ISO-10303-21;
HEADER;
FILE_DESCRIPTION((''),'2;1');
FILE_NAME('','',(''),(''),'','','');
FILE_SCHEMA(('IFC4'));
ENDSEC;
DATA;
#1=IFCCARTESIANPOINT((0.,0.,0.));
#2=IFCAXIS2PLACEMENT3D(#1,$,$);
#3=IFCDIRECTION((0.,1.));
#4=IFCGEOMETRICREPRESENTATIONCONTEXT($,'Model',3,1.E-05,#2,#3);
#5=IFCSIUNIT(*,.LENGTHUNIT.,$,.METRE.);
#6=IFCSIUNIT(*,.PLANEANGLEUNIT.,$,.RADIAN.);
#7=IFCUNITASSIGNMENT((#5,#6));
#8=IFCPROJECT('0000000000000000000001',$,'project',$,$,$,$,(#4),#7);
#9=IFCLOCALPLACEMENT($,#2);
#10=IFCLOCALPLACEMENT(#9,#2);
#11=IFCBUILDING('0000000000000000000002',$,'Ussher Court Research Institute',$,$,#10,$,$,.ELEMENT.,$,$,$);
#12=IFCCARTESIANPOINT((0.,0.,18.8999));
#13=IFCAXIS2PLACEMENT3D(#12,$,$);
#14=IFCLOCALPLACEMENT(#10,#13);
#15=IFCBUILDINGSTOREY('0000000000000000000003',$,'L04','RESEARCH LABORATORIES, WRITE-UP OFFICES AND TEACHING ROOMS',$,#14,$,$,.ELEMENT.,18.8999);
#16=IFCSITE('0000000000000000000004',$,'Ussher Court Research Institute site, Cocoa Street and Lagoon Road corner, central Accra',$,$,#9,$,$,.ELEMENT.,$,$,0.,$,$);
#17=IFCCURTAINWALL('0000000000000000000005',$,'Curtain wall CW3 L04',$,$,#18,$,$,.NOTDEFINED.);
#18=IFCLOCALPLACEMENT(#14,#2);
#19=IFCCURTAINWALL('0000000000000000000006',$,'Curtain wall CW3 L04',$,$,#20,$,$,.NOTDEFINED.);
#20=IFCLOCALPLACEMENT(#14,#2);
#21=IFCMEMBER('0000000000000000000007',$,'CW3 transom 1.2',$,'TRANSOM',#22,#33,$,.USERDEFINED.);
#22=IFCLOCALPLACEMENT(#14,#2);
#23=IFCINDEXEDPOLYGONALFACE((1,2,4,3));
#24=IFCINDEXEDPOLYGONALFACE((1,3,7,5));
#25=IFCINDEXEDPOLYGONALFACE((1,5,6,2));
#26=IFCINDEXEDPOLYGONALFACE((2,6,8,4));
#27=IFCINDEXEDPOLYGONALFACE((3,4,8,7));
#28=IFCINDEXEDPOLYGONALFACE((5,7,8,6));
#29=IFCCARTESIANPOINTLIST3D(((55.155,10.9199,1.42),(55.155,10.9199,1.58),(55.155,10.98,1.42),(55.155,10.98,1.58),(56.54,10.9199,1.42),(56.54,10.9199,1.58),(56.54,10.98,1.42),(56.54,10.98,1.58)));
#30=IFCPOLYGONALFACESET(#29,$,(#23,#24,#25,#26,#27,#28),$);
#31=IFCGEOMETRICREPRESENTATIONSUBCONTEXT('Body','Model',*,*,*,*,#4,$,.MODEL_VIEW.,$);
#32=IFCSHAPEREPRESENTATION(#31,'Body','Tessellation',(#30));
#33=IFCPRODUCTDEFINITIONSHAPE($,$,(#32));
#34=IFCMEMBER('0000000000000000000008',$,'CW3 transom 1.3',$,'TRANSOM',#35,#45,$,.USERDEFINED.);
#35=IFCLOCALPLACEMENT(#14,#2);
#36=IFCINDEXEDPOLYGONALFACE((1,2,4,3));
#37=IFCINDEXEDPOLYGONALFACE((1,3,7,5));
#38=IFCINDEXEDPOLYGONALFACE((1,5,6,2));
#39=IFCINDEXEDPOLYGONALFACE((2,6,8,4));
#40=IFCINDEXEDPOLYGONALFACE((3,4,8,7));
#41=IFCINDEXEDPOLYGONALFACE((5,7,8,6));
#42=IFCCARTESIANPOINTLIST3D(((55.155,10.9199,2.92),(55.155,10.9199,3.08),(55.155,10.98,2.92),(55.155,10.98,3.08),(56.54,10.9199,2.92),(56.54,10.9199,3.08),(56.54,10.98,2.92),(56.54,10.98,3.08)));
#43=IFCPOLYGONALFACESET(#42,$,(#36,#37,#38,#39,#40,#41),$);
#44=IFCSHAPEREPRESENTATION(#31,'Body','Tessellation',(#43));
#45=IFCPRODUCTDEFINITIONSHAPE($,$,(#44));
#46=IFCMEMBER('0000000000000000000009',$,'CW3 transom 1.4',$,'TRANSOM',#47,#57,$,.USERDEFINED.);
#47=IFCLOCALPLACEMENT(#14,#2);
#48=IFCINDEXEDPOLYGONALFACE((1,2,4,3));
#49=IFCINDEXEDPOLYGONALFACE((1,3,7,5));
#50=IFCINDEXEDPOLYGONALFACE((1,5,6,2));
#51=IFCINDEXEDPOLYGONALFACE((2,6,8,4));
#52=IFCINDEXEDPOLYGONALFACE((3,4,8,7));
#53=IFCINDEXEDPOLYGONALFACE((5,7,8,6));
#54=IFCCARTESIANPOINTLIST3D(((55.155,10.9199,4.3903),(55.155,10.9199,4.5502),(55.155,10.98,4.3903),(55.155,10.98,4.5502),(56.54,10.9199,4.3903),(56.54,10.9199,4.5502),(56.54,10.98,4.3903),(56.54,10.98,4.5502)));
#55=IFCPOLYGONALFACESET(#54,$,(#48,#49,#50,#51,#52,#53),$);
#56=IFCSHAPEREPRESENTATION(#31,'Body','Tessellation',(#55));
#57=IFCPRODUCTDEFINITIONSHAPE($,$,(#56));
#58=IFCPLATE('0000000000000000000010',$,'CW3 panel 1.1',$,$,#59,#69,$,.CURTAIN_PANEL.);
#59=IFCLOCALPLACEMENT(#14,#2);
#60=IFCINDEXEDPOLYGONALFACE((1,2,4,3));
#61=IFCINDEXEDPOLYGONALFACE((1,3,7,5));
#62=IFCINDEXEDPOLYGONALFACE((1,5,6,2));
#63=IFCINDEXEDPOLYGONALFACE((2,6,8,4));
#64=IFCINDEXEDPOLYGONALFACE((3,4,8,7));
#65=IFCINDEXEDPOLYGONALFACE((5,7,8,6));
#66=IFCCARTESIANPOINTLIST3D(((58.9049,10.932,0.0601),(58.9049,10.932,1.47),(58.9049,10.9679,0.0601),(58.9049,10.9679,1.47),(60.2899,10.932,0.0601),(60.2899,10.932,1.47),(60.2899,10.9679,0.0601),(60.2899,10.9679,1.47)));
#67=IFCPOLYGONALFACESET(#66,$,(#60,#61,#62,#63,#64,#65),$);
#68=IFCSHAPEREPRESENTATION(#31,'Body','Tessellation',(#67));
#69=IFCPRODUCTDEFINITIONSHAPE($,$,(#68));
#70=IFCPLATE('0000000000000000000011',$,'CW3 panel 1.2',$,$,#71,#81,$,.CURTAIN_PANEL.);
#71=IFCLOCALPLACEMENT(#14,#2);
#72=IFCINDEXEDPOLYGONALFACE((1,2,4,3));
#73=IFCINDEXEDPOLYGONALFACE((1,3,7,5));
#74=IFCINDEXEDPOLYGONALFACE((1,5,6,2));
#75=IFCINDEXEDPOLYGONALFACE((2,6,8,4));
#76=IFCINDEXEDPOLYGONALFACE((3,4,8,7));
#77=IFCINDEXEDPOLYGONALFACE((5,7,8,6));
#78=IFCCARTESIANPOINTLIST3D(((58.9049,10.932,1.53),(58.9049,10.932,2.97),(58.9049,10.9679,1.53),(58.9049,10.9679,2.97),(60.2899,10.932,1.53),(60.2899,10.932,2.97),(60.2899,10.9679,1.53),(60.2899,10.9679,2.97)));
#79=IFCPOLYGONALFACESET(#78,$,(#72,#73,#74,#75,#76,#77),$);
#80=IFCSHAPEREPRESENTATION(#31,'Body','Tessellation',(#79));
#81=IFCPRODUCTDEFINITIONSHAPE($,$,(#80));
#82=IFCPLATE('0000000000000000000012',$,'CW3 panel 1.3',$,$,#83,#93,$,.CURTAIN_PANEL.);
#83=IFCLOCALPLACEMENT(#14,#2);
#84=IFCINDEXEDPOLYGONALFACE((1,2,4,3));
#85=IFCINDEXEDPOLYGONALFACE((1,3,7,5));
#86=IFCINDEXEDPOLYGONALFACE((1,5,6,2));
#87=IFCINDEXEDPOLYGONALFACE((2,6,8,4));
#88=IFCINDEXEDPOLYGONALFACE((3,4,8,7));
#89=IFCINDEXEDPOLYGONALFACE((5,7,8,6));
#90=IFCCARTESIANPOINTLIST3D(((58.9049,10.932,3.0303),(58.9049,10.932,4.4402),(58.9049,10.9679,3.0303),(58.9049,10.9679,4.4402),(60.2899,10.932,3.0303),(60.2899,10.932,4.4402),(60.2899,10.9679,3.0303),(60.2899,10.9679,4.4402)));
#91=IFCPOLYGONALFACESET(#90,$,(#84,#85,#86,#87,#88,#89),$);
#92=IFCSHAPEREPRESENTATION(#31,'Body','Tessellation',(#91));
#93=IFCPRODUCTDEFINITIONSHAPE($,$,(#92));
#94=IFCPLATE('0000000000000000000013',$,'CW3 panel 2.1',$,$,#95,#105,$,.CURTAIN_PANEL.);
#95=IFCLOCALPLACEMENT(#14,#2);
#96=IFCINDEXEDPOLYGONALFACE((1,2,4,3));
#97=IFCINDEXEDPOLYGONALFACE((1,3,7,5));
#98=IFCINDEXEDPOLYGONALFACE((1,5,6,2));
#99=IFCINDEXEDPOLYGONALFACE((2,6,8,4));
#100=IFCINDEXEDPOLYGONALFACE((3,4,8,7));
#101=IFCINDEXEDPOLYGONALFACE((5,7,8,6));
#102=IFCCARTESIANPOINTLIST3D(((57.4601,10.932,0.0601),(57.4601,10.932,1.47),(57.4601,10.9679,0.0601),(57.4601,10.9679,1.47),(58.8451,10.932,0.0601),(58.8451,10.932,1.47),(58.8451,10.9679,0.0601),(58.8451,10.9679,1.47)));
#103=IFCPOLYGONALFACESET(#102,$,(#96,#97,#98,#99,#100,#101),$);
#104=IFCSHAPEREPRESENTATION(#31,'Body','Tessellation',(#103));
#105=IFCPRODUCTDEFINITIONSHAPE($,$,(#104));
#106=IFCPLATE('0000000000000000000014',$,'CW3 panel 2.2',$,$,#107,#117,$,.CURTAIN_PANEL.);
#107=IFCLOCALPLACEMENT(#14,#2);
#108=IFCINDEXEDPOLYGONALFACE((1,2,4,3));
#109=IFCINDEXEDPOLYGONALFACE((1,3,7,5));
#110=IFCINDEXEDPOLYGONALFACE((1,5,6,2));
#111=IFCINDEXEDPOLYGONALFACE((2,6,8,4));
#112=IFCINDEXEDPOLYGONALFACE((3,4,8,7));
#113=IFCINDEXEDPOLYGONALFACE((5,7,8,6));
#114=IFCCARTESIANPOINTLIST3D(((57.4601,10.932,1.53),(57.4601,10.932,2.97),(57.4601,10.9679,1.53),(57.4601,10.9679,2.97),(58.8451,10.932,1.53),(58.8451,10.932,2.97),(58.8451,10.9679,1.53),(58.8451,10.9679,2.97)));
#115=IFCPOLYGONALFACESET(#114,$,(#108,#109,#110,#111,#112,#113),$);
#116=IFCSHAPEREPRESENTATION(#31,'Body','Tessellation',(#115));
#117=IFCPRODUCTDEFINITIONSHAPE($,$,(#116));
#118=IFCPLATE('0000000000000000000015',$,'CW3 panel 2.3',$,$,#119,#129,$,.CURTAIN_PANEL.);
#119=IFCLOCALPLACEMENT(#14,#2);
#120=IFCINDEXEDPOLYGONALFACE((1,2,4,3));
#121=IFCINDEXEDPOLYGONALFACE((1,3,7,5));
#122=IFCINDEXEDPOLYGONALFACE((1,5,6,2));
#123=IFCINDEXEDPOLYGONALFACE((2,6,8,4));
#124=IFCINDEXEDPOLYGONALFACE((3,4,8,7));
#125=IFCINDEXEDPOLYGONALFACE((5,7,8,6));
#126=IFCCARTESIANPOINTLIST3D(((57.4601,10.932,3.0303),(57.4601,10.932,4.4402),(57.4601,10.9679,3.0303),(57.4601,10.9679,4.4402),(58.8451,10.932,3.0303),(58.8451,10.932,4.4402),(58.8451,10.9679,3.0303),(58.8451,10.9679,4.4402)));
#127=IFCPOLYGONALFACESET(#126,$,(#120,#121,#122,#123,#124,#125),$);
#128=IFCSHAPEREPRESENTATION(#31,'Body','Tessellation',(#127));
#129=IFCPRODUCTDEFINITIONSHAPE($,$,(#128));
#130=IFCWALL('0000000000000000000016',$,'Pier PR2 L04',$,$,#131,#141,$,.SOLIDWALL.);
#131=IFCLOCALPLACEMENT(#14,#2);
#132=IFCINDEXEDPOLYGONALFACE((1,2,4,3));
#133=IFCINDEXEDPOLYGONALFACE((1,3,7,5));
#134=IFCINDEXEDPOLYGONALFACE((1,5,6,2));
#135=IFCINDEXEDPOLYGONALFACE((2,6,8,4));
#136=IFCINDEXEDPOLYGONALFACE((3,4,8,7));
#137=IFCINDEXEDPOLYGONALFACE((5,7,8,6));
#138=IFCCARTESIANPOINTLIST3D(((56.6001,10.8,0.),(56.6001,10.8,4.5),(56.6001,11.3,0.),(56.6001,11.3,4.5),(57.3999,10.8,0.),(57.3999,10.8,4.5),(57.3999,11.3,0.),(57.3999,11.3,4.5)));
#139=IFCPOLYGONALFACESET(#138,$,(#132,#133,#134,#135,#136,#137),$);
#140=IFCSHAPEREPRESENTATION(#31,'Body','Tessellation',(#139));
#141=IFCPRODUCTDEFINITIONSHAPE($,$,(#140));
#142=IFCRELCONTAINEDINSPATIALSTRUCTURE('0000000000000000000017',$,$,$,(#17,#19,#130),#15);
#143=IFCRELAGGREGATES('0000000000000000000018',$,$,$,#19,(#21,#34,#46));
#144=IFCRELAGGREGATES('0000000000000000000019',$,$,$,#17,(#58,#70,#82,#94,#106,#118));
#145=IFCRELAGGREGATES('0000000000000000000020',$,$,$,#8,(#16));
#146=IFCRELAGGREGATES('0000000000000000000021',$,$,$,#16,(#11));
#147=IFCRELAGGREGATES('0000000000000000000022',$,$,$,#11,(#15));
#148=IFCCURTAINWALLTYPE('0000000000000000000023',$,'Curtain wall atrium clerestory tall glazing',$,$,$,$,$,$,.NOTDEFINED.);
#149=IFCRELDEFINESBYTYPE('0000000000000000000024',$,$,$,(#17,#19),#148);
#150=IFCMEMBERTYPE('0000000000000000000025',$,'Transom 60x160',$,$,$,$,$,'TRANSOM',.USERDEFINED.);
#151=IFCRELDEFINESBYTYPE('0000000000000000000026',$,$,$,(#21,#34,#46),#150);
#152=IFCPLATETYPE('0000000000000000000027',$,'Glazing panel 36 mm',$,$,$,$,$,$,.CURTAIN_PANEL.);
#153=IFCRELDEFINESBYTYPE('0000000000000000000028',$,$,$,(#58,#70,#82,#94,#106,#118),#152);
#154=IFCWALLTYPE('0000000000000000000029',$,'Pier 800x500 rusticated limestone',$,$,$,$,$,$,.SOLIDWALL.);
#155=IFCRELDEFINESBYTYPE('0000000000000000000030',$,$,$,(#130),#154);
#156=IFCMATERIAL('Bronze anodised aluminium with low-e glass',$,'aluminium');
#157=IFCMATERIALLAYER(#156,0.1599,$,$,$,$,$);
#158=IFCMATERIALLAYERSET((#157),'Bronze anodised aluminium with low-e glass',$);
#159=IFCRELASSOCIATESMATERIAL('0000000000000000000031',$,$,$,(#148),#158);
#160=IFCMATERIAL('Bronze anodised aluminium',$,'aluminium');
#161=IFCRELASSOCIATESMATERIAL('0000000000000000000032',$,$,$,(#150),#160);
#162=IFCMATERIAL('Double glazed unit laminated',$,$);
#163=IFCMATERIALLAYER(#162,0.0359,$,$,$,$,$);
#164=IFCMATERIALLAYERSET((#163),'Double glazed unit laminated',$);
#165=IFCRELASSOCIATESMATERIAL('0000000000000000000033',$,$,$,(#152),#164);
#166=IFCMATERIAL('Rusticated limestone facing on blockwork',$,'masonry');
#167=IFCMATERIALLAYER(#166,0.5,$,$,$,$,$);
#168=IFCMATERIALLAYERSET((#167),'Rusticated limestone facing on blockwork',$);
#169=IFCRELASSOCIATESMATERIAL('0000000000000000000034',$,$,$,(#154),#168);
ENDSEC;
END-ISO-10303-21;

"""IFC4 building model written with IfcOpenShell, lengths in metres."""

from ifc_helpers import new_model, si_unit, direction, frame, frame_2d, origin, origin_2d, place, context, subcontext, project, spatial, rectangle, extrude, material, layer, layer_set, material_profile, profile_set, type_object, element, aggregate, save


model = new_model("IFC4")

# Units and contexts
model_context = context("Model", 3, precision=1e-05, world=origin(), true_north=direction((0.0, 1.0)))
body_context = subcontext(model_context, "Body", "Model", "MODEL_VIEW")
ifc_project = project(units=[si_unit("LENGTHUNIT", "METRE"), si_unit("PLANEANGLEUNIT", "RADIAN")], contexts=[model_context])

# Site, building, storey
site_placement = place(None, origin())
site = spatial("IfcSite", under=ifc_project, at=site_placement, Name="Ussher Court Research Institute site, Cocoa Street and Lagoon Road corner, central Accra", CompositionType="ELEMENT", RefElevation=0.0)
building_placement = place(site_placement, origin())
building = spatial("IfcBuilding", under=site, at=building_placement, Name="Ussher Court Research Institute", CompositionType="ELEMENT")
storey_placement = place(building_placement, frame((0.0, 0.0, 18.8999)))
storey = spatial("IfcBuildingStorey", under=building, at=storey_placement, Name="L04", Description="RESEARCH LABORATORIES, WRITE-UP OFFICES AND TEACHING ROOMS", CompositionType="ELEMENT", Elevation=18.8999)

# Curtain wall
ifc_material_1 = material(Name="Bronze anodised aluminium with low-e glass", Category="aluminium")
ifc_layer_1 = layer(ifc_material_1, 0.1599)
ifc_layer_set_1 = layer_set([ifc_layer_1], Name="Bronze anodised aluminium with low-e glass")
curtain_wall_type = type_object("IfcCurtainWallType", Name="Curtain wall atrium clerestory tall glazing", PredefinedType="NOTDEFINED", material=ifc_layer_set_1)
curtain_wall_1_placement = place(storey_placement, origin())
curtain_wall_1 = element("IfcCurtainWall", 1, at=curtain_wall_1_placement, inside=storey, type_object=curtain_wall_type, Name="Curtain wall CW3 L04", PredefinedType="NOTDEFINED")

# Curtain wall
curtain_wall_2_placement = place(storey_placement, origin())
curtain_wall_2 = element("IfcCurtainWall", 2, at=curtain_wall_2_placement, inside=storey, type_object=curtain_wall_type, Name="Curtain wall CW3 L04", PredefinedType="NOTDEFINED")

# Members
ifc_material_2 = material(Name="Bronze anodised aluminium", Category="aluminium")
ifc_material_profile_1 = material_profile(ifc_material_2, rectangle(XDim=0.0601, YDim=0.1599, at=origin_2d()), Name="Transom 60x160")
ifc_profile_set_1 = profile_set([ifc_material_profile_1], Name="Bronze anodised aluminium")
member_type_1 = type_object("IfcMemberType", Name="Transom 60x160", ElementType="TRANSOM", PredefinedType="USERDEFINED", material=ifc_profile_set_1)
member_1_placement = place(storey_placement, frame((56.54, 10.95, 1.5), z_axis=(-1.0, 0.0, 0.0), x_axis=(0.0, -1.0, 0.0)))
member_1 = element("IfcMember", 3, at=member_1_placement, type_object=member_type_1, Name="CW3 transom 1.2", ObjectType="TRANSOM", PredefinedType="USERDEFINED", context=body_context, shape_type="SweptSolid", body=[
    extrude(rectangle(XDim=0.0601, YDim=0.1599, at=origin_2d()), origin(), (0.0, 0.0, 1.0), 1.385),
])
member_2_placement = place(storey_placement, frame((56.54, 10.95, 3.0), z_axis=(-1.0, 0.0, 0.0), x_axis=(0.0, -1.0, 0.0)))
member_2 = element("IfcMember", 4, at=member_2_placement, type_object=member_type_1, Name="CW3 transom 1.3", ObjectType="TRANSOM", PredefinedType="USERDEFINED", context=body_context, shape_type="SweptSolid", body=[
    extrude(rectangle(XDim=0.0601, YDim=0.1599, at=origin_2d()), origin(), (0.0, 0.0, 1.0), 1.385),
])
member_3_placement = place(storey_placement, frame((56.54, 10.95, 4.4702), z_axis=(-1.0, 0.0, 0.0), x_axis=(0.0, -1.0, 0.0)))
member_3 = element("IfcMember", 5, at=member_3_placement, type_object=member_type_1, Name="CW3 transom 1.4", ObjectType="TRANSOM", PredefinedType="USERDEFINED", context=body_context, shape_type="SweptSolid", body=[
    extrude(rectangle(XDim=0.0601, YDim=0.1599, at=origin_2d()), origin(), (0.0, 0.0, 1.0), 1.385),
])
aggregate(curtain_wall_2, [member_1, member_2, member_3])

# Plates
ifc_material_3 = material(Name="Double glazed unit laminated")
ifc_layer_2 = layer(ifc_material_3, 0.0359)
ifc_layer_set_2 = layer_set([ifc_layer_2], Name="Double glazed unit laminated")
plate_type = type_object("IfcPlateType", Name="Glazing panel 36 mm", PredefinedType="CURTAIN_PANEL", material=ifc_layer_set_2)
plate_1_placement = place(storey_placement, frame((59.5974, 10.95, 0.0601), z_axis=(0.0, 0.0, 1.0), x_axis=(-1.0, 0.0, 0.0)))
plate_1 = element("IfcPlate", 6, at=plate_1_placement, type_object=plate_type, Name="CW3 panel 1.1", PredefinedType="CURTAIN_PANEL", context=body_context, shape_type="SweptSolid", body=[
    extrude(rectangle(XDim=1.385, YDim=0.0359, at=origin_2d()), origin(), (0.0, 0.0, 1.0), 1.4099),
])
plate_2_placement = place(storey_placement, frame((59.5974, 10.95, 1.53), z_axis=(0.0, 0.0, 1.0), x_axis=(-1.0, 0.0, 0.0)))
plate_2 = element("IfcPlate", 7, at=plate_2_placement, type_object=plate_type, Name="CW3 panel 1.2", PredefinedType="CURTAIN_PANEL", context=body_context, shape_type="SweptSolid", body=[
    extrude(rectangle(XDim=1.385, YDim=0.0359, at=origin_2d()), origin(), (0.0, 0.0, 1.0), 1.4399),
])
plate_3_placement = place(storey_placement, frame((59.5974, 10.95, 3.0303), z_axis=(0.0, 0.0, 1.0), x_axis=(-1.0, 0.0, 0.0)))
plate_3 = element("IfcPlate", 8, at=plate_3_placement, type_object=plate_type, Name="CW3 panel 1.3", PredefinedType="CURTAIN_PANEL", context=body_context, shape_type="SweptSolid", body=[
    extrude(rectangle(XDim=1.385, YDim=0.0359, at=origin_2d()), origin(), (0.0, 0.0, 1.0), 1.4099),
])
plate_4_placement = place(storey_placement, frame((58.1526, 10.95, 0.0601), z_axis=(0.0, 0.0, 1.0), x_axis=(-1.0, 0.0, 0.0)))
plate_4 = element("IfcPlate", 9, at=plate_4_placement, type_object=plate_type, Name="CW3 panel 2.1", PredefinedType="CURTAIN_PANEL", context=body_context, shape_type="SweptSolid", body=[
    extrude(rectangle(XDim=1.385, YDim=0.0359, at=origin_2d()), origin(), (0.0, 0.0, 1.0), 1.4099),
])
plate_5_placement = place(storey_placement, frame((58.1526, 10.95, 1.53), z_axis=(0.0, 0.0, 1.0), x_axis=(-1.0, 0.0, 0.0)))
plate_5 = element("IfcPlate", 10, at=plate_5_placement, type_object=plate_type, Name="CW3 panel 2.2", PredefinedType="CURTAIN_PANEL", context=body_context, shape_type="SweptSolid", body=[
    extrude(rectangle(XDim=1.385, YDim=0.0359, at=origin_2d()), origin(), (0.0, 0.0, 1.0), 1.4399),
])
plate_6_placement = place(storey_placement, frame((58.1526, 10.95, 3.0303), z_axis=(0.0, 0.0, 1.0), x_axis=(-1.0, 0.0, 0.0)))
plate_6 = element("IfcPlate", 11, at=plate_6_placement, type_object=plate_type, Name="CW3 panel 2.3", PredefinedType="CURTAIN_PANEL", context=body_context, shape_type="SweptSolid", body=[
    extrude(rectangle(XDim=1.385, YDim=0.0359, at=origin_2d()), origin(), (0.0, 0.0, 1.0), 1.4099),
])
aggregate(curtain_wall_1, [plate_1, plate_2, plate_3, plate_4, plate_5, plate_6])

# Wall
ifc_material_4 = material(Name="Rusticated limestone facing on blockwork", Category="masonry")
ifc_layer_3 = layer(ifc_material_4, 0.5)
ifc_layer_set_3 = layer_set([ifc_layer_3], Name="Rusticated limestone facing on blockwork")
wall_type = type_object("IfcWallType", Name="Pier 800x500 rusticated limestone", PredefinedType="SOLIDWALL", material=ifc_layer_set_3)
wall_placement = place(storey_placement, frame((57.3999, 11.05, 0.0), z_axis=(0.0, 0.0, 1.0), x_axis=(-1.0, 0.0, 0.0)))
element("IfcWall", 12, at=wall_placement, inside=storey, type_object=wall_type, Name="Pier PR2 L04", PredefinedType="SOLIDWALL", context=body_context, shape_type="SweptSolid", body=[
    extrude(rectangle(XDim=0.7998, YDim=0.5, at=frame_2d((0.3999, 0.0))), origin(), (0.0, 0.0, 1.0), 4.5),
])

save(model, "model.ifc")
